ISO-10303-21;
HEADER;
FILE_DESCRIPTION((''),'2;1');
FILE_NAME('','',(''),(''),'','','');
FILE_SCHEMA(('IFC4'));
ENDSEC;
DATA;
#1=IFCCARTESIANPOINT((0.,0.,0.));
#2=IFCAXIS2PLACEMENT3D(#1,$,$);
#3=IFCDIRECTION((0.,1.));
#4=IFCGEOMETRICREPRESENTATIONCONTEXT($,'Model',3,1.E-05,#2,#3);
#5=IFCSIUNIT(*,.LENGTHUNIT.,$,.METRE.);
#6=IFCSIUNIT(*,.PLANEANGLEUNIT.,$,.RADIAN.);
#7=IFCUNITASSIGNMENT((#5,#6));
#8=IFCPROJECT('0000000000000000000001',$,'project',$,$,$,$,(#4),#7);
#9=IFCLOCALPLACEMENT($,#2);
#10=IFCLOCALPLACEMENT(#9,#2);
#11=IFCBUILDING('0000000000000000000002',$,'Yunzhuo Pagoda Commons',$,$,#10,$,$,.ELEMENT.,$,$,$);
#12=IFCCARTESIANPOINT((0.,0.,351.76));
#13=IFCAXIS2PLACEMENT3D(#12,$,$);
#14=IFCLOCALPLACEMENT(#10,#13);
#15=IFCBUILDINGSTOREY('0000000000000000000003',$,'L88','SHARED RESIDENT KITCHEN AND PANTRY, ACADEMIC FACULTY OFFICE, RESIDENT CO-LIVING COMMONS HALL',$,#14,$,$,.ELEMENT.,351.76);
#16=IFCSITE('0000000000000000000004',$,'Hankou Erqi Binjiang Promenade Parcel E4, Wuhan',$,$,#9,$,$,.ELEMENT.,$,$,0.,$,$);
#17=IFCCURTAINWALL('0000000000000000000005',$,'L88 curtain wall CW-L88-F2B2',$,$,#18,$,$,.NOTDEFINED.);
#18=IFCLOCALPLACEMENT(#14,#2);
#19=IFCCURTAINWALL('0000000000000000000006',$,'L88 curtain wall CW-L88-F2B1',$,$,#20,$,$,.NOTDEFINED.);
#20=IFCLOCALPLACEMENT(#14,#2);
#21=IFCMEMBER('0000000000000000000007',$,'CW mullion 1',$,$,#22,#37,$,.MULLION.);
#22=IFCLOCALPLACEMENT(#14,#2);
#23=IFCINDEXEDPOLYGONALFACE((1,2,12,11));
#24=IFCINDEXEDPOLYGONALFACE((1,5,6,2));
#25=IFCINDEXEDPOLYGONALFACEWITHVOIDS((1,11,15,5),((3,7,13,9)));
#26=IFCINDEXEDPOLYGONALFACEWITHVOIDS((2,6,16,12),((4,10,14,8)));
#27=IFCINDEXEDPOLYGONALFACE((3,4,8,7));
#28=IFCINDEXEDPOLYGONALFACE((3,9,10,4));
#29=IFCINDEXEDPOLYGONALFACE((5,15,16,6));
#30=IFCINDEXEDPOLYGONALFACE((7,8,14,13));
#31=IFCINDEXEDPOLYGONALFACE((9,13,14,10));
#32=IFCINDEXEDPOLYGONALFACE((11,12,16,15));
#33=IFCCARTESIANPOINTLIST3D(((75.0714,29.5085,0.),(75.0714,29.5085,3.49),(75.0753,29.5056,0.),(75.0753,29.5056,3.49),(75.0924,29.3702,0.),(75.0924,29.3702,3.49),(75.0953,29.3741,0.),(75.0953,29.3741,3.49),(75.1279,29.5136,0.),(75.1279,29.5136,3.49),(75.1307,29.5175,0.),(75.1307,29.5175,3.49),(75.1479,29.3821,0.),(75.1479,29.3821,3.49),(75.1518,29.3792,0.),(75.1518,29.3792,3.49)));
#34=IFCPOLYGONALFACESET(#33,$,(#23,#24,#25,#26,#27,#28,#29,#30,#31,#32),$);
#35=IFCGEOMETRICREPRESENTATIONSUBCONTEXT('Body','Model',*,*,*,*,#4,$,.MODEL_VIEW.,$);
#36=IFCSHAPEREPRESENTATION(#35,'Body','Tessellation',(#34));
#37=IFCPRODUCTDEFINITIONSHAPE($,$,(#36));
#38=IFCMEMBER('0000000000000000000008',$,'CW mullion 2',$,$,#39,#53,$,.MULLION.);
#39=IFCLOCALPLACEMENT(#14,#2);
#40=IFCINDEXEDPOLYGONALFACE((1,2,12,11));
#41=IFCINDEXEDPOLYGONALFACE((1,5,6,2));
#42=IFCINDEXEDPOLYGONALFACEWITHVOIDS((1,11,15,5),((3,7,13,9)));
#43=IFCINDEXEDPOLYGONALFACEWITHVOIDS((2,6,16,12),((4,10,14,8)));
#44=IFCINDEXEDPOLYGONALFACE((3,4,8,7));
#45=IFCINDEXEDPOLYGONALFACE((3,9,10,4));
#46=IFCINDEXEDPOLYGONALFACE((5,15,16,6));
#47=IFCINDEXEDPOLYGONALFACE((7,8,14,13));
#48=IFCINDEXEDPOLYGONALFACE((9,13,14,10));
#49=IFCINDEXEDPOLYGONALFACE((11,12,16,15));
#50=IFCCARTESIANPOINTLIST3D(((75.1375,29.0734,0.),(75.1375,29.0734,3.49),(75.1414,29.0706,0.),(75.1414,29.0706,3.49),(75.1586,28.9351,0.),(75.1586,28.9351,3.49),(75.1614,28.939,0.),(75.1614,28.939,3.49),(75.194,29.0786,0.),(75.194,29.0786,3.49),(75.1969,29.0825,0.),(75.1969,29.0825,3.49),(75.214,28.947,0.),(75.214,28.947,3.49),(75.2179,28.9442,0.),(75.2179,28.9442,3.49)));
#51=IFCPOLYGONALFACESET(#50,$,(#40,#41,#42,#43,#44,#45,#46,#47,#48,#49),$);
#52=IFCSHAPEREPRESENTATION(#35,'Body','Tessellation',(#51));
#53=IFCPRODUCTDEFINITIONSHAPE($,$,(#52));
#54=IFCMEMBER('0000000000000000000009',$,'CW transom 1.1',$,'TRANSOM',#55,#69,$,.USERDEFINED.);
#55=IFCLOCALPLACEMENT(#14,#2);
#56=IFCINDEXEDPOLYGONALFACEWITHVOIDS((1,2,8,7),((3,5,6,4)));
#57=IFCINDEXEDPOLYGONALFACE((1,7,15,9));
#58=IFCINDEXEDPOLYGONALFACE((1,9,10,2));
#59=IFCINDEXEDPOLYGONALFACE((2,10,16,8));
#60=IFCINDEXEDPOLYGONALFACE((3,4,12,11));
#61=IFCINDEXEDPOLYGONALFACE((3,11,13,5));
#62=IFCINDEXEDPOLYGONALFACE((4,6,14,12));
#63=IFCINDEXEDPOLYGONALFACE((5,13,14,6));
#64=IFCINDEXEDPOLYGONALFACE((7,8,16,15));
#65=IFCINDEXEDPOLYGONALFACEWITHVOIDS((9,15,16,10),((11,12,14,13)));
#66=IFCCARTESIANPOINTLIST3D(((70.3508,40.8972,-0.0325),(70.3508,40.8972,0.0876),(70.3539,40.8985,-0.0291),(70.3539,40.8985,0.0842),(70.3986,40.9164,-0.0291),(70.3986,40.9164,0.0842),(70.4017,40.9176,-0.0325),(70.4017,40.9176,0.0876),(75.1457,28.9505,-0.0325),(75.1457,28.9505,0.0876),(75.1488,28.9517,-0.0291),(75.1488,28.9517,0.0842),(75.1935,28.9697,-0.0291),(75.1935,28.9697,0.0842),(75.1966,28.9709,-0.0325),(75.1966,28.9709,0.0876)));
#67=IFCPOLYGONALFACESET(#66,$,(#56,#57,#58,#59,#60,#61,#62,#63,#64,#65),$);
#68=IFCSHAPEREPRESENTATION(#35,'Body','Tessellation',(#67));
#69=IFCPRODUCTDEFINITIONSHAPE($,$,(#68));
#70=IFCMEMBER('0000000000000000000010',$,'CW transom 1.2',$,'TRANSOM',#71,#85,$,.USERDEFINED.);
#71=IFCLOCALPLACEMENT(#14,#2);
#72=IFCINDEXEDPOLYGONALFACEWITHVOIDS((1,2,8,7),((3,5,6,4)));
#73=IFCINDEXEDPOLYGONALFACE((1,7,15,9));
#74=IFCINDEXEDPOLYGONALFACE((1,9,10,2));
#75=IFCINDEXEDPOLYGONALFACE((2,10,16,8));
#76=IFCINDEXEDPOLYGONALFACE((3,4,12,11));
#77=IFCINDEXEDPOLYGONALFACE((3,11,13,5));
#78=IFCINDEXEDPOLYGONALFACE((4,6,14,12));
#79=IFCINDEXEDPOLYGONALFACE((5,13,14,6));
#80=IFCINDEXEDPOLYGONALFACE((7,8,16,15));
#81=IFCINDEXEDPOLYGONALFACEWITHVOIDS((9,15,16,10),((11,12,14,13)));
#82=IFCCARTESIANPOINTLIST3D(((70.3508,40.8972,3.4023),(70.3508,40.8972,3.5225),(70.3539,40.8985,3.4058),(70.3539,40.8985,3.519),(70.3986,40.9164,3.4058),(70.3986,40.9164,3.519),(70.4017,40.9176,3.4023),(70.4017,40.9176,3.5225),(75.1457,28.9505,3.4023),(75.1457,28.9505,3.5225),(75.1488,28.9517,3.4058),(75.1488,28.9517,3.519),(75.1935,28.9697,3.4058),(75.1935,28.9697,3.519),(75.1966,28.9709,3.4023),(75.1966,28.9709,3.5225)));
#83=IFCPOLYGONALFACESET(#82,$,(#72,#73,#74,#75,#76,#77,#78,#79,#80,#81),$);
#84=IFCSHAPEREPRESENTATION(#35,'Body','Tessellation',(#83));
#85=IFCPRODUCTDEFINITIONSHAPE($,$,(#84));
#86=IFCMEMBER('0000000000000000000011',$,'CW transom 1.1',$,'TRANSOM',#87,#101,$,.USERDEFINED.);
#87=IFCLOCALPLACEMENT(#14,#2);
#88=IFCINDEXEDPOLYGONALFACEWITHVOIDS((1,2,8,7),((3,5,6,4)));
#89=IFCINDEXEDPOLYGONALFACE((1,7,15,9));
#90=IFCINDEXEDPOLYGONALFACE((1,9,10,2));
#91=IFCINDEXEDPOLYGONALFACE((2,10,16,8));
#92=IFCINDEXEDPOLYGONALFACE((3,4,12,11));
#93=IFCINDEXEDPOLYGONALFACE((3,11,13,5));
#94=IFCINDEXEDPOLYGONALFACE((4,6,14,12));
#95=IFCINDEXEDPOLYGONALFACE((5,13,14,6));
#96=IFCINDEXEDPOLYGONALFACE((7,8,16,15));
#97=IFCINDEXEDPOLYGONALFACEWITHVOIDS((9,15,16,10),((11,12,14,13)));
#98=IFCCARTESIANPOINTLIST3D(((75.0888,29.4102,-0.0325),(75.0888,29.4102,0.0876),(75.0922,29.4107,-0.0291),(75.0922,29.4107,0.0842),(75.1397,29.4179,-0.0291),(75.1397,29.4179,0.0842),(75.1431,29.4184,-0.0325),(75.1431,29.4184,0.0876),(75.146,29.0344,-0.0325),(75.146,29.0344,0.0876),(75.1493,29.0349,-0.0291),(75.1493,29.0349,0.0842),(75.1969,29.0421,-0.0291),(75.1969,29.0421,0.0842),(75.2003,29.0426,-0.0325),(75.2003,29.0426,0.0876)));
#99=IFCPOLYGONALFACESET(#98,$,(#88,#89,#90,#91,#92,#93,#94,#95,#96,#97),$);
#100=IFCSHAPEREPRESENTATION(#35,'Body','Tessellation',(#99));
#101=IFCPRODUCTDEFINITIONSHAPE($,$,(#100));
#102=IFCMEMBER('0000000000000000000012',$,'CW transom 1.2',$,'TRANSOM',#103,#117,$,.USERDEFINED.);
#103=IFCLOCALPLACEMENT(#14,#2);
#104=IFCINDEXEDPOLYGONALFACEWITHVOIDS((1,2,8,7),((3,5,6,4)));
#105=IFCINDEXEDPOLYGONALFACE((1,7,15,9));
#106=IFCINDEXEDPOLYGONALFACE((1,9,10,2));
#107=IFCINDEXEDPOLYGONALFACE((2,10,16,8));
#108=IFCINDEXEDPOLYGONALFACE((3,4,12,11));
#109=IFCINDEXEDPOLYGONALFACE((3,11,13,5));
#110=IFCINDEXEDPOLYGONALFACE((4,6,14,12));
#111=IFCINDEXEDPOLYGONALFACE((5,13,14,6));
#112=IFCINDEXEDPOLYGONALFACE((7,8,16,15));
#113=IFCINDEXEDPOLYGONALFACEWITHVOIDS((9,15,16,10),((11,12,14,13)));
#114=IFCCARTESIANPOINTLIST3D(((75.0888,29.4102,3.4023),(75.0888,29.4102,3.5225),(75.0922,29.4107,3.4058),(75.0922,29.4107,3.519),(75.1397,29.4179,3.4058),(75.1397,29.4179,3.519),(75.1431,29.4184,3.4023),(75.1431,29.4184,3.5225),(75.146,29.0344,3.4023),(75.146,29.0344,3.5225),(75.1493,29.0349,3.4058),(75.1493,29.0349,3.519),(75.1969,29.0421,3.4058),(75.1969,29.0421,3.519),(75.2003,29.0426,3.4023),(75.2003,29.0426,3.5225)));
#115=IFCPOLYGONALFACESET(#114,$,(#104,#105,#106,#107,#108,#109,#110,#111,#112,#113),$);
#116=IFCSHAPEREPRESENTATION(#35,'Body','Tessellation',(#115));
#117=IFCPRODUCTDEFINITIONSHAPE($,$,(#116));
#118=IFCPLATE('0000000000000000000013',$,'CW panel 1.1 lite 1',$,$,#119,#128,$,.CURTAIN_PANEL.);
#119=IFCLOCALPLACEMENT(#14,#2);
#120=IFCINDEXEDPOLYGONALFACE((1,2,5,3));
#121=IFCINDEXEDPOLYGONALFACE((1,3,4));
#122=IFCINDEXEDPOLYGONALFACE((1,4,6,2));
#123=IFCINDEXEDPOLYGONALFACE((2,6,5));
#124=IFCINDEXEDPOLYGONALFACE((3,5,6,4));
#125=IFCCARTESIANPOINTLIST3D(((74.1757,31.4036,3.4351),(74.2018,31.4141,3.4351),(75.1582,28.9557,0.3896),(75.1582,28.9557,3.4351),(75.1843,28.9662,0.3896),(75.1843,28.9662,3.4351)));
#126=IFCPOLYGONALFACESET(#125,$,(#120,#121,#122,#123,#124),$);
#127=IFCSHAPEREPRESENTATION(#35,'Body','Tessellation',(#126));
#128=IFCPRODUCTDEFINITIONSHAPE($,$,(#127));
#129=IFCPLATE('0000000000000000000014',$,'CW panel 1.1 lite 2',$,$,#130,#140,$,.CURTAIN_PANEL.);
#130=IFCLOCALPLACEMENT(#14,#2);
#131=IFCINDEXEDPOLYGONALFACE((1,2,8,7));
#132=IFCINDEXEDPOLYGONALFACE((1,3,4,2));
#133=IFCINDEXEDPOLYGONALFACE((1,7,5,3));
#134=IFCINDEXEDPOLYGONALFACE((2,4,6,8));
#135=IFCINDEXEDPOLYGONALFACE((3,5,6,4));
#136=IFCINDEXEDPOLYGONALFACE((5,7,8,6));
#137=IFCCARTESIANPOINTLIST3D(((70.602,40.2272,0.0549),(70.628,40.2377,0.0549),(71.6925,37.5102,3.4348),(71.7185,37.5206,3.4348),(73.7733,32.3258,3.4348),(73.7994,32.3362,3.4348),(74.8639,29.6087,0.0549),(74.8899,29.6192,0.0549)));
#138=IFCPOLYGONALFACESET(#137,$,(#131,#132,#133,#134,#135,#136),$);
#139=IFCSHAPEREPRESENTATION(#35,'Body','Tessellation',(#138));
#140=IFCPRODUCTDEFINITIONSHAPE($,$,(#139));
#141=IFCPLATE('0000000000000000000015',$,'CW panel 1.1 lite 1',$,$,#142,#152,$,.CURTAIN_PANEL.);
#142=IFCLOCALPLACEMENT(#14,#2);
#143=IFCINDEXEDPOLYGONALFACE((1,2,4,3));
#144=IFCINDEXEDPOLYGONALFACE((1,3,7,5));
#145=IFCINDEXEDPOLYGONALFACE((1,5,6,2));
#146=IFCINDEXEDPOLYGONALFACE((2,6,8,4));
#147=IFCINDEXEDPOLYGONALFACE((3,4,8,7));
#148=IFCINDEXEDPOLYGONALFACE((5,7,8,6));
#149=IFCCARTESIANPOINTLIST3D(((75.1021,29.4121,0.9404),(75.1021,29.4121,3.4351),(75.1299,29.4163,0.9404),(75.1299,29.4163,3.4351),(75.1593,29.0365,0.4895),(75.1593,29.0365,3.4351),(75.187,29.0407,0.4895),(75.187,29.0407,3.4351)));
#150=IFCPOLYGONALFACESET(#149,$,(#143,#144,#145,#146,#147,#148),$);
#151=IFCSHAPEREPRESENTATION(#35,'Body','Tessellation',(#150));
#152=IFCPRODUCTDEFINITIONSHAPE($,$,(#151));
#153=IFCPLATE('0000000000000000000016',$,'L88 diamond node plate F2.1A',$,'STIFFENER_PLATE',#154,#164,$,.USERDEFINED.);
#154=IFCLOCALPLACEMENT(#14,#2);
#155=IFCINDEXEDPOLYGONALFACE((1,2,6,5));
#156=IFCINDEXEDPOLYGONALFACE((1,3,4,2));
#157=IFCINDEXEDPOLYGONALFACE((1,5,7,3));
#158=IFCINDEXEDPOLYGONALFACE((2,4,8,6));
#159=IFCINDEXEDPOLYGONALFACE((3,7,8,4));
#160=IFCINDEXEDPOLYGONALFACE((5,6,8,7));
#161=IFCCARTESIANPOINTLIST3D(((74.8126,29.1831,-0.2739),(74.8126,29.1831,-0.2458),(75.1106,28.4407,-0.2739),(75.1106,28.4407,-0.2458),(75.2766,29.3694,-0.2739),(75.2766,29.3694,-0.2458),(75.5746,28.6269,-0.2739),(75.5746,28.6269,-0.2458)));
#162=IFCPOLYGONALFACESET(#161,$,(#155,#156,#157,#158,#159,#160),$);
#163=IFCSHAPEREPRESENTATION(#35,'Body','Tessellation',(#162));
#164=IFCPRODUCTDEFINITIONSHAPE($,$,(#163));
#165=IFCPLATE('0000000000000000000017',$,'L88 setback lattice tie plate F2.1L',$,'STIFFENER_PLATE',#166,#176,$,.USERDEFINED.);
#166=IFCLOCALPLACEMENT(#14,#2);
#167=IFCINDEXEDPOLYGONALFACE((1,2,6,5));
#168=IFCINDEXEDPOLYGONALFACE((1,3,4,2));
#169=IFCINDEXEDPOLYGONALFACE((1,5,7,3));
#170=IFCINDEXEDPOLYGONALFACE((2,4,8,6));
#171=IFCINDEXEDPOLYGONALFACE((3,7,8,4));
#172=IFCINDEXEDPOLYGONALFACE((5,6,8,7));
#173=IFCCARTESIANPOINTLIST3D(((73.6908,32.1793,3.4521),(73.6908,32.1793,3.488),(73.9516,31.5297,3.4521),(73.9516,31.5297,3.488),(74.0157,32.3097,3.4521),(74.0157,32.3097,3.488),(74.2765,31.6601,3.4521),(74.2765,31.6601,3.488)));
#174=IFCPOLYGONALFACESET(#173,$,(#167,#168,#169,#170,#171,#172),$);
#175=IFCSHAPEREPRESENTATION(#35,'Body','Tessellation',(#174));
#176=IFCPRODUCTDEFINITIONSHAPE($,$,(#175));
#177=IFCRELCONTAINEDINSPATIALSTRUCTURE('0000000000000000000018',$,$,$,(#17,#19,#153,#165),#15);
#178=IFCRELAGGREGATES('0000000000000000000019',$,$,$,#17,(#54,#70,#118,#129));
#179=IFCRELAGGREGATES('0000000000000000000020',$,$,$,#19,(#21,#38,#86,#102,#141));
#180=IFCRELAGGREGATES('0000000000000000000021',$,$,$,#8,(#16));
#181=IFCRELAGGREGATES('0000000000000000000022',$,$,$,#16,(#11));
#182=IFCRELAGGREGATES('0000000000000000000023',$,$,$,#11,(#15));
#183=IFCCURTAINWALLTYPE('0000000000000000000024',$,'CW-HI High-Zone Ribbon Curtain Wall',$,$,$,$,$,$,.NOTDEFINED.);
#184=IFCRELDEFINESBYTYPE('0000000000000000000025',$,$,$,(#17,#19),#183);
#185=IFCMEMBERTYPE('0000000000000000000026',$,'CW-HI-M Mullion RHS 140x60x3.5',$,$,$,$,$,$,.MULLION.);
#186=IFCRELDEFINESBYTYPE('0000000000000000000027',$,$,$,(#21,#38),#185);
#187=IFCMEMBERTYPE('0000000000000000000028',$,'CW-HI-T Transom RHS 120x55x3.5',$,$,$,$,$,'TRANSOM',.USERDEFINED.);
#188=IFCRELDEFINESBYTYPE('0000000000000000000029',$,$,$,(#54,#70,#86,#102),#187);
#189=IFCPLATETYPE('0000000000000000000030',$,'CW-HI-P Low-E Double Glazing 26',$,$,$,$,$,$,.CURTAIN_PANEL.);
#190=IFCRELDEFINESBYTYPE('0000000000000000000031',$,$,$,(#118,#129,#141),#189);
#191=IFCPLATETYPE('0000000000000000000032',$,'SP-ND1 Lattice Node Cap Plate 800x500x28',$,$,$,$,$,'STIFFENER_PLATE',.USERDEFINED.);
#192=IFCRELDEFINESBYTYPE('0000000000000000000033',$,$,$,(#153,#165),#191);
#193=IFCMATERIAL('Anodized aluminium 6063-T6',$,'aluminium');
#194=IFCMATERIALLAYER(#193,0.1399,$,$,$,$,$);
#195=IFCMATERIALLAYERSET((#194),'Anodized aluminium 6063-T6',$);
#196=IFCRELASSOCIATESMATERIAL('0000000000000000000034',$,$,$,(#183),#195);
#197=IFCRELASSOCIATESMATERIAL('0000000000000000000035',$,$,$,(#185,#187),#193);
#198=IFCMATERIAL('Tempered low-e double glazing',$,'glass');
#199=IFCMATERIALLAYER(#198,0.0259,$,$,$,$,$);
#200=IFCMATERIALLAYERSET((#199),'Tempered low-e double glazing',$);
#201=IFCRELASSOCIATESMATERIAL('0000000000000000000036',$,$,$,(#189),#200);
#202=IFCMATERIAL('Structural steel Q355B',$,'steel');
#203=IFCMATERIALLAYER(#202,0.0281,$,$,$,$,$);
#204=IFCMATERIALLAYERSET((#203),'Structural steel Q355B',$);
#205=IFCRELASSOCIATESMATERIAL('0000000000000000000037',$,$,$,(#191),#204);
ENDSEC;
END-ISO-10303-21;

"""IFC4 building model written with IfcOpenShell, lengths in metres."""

from ifc_helpers import new_model, si_unit, direction, frame, origin, origin_2d, place, context, subcontext, project, spatial, polyline, rectangle, hollow_rectangle, outline, extrude, source, transform, mapped, material, layer, layer_set, material_profile, profile_set, type_object, element, aggregate, save


model = new_model("IFC4")

# Units and contexts
model_context = context("Model", 3, precision=1e-05, world=origin(), true_north=direction((0.0, 1.0)))
body_context = subcontext(model_context, "Body", "Model", "MODEL_VIEW")
ifc_project = project(units=[si_unit("LENGTHUNIT", "METRE"), si_unit("PLANEANGLEUNIT", "RADIAN")], contexts=[model_context])

# Site, building, storey
site_placement = place(None, origin())
site = spatial("IfcSite", under=ifc_project, at=site_placement, Name="Hankou Erqi Binjiang Promenade Parcel E4, Wuhan", CompositionType="ELEMENT", RefElevation=0.0)
building_placement = place(site_placement, origin())
building = spatial("IfcBuilding", under=site, at=building_placement, Name="Yunzhuo Pagoda Commons", CompositionType="ELEMENT")
storey_placement = place(building_placement, frame((0.0, 0.0, 351.76)))
storey = spatial("IfcBuildingStorey", under=building, at=storey_placement, Name="L88", Description="SHARED RESIDENT KITCHEN AND PANTRY, ACADEMIC FACULTY OFFICE, RESIDENT CO-LIVING COMMONS HALL", CompositionType="ELEMENT", Elevation=351.76)

# Shared definitions
ifc_material_1 = material(Name="Structural steel Q355B", Category="steel")

# Curtain wall
ifc_material_2 = material(Name="Anodized aluminium 6063-T6", Category="aluminium")
ifc_layer_1 = layer(ifc_material_2, 0.1399)
ifc_layer_set_1 = layer_set([ifc_layer_1], Name="Anodized aluminium 6063-T6")
curtain_wall_type = type_object("IfcCurtainWallType", Name="CW-HI High-Zone Ribbon Curtain Wall", PredefinedType="NOTDEFINED", material=ifc_layer_set_1)
ifc_material_profile_1 = material_profile(ifc_material_2, hollow_rectangle(XDim=0.0601, YDim=0.1399, WallThickness=0.0034, at=origin_2d()), Name="Anodized aluminium 6063-T6")
ifc_profile_set_1 = profile_set([ifc_material_profile_1], Name="Anodized aluminium 6063-T6")
member_type_1 = type_object("IfcMemberType", Name="CW-HI-M Mullion RHS 140x60x3.5", PredefinedType="MULLION", material=ifc_profile_set_1)
shared_shape_1 = source(origin(), body_context, "Body", "SweptSolid", [
    extrude(hollow_rectangle(XDim=0.0601, YDim=0.1399, WallThickness=0.0034, at=origin_2d()), origin(), (0.0, 0.0, 1.0), 3.49),
])
curtain_wall_1_placement = place(storey_placement, origin())
curtain_wall_1 = element("IfcCurtainWall", 1, at=curtain_wall_1_placement, inside=storey, type_object=curtain_wall_type, Name="L88 curtain wall CW-L88-F2B2", PredefinedType="NOTDEFINED")

# Curtain wall, members
curtain_wall_2_placement = place(storey_placement, origin())
curtain_wall_2 = element("IfcCurtainWall", 2, at=curtain_wall_2_placement, inside=storey, type_object=curtain_wall_type, Name="L88 curtain wall CW-L88-F2B1", PredefinedType="NOTDEFINED")
member_1_placement = place(storey_placement, frame((75.1116, 29.4438, 0.0), z_axis=(0.0, 0.0, 1.0), x_axis=(0.988629, 0.150374, 0.0)))
member_1 = element("IfcMember", 3, at=member_1_placement, type_object=member_type_1, Name="CW mullion 1", PredefinedType="MULLION", context=body_context, shape_type="MappedRepresentation", body=[
    mapped(shared_shape_1, transform((0.0, 0.0, 0.0), scale=1.0)),
])
member_2_placement = place(storey_placement, frame((75.1777, 29.0088, 0.0), z_axis=(0.0, 0.0, 1.0), x_axis=(0.988629, 0.150374, 0.0)))
member_2 = element("IfcMember", 4, at=member_2_placement, type_object=member_type_1, Name="CW mullion 2", PredefinedType="MULLION", context=body_context, shape_type="MappedRepresentation", body=[
    mapped(shared_shape_1, transform((0.0, 0.0, 0.0), scale=1.0)),
])

# Members
ifc_material_profile_2 = material_profile(ifc_material_2, hollow_rectangle(XDim=0.0549, YDim=0.1201, WallThickness=0.0034, at=origin_2d()), Name="Anodized aluminium 6063-T6")
ifc_profile_set_2 = profile_set([ifc_material_profile_2], Name="Anodized aluminium 6063-T6")
member_type_2 = type_object("IfcMemberType", Name="CW-HI-T Transom RHS 120x55x3.5", ElementType="TRANSOM", PredefinedType="USERDEFINED", material=ifc_profile_set_2)
shared_shape_2 = source(origin(), body_context, "Body", "SweptSolid", [
    extrude(hollow_rectangle(XDim=0.0549, YDim=0.1201, WallThickness=0.0034, at=origin_2d()), origin(), (0.0, 0.0, 1.0), 12.873),
])
member_3_placement = place(storey_placement, frame((75.1711, 28.9607, 0.0276), z_axis=(-0.372476, 0.928042, 0.0), x_axis=(-0.928042, -0.372476, 0.0)))
member_3 = element("IfcMember", 5, at=member_3_placement, type_object=member_type_2, Name="CW transom 1.1", ObjectType="TRANSOM", PredefinedType="USERDEFINED", context=body_context, shape_type="MappedRepresentation", body=[
    mapped(shared_shape_2, transform((0.0, 0.0, 0.0), scale=1.0)),
])
member_4_placement = place(storey_placement, frame((75.1711, 28.9607, 3.4624), z_axis=(-0.372476, 0.928042, 0.0), x_axis=(-0.928042, -0.372476, 0.0)))
member_4 = element("IfcMember", 6, at=member_4_placement, type_object=member_type_2, Name="CW transom 1.2", ObjectType="TRANSOM", PredefinedType="USERDEFINED", context=body_context, shape_type="MappedRepresentation", body=[
    mapped(shared_shape_2, transform((0.0, 0.0, 0.0), scale=1.0)),
])
shared_shape_3 = source(origin(), body_context, "Body", "SweptSolid", [
    extrude(hollow_rectangle(XDim=0.0549, YDim=0.1201, WallThickness=0.0034, at=origin_2d()), origin(), (0.0, 0.0, 1.0), 0.3801),
])
member_5_placement = place(storey_placement, frame((75.116, 29.4143, 0.0276), z_axis=(0.150319, -0.988638, 0.0), x_axis=(0.988638, 0.150319, 0.0)))
member_5 = element("IfcMember", 7, at=member_5_placement, type_object=member_type_2, Name="CW transom 1.1", ObjectType="TRANSOM", PredefinedType="USERDEFINED", context=body_context, shape_type="MappedRepresentation", body=[
    mapped(shared_shape_3, transform((0.0, 0.0, 0.0), scale=1.0)),
])
member_6_placement = place(storey_placement, frame((75.116, 29.4143, 3.4624), z_axis=(0.150319, -0.988638, 0.0), x_axis=(0.988638, 0.150319, 0.0)))
member_6 = element("IfcMember", 8, at=member_6_placement, type_object=member_type_2, Name="CW transom 1.2", ObjectType="TRANSOM", PredefinedType="USERDEFINED", context=body_context, shape_type="MappedRepresentation", body=[
    mapped(shared_shape_3, transform((0.0, 0.0, 0.0), scale=1.0)),
])

# Plates
ifc_material_3 = material(Name="Tempered low-e double glazing", Category="glass")
ifc_layer_2 = layer(ifc_material_3, 0.0259)
ifc_layer_set_2 = layer_set([ifc_layer_2], Name="Tempered low-e double glazing")
plate_type_1 = type_object("IfcPlateType", Name="CW-HI-P Low-E Double Glazing 26", PredefinedType="CURTAIN_PANEL", material=ifc_layer_set_2)
plate_1_placement = place(storey_placement, frame((74.667, 30.1797, 1.9124), z_axis=(0.928039, 0.372483, 0.0), x_axis=(-0.372483, 0.928039, 0.0)))
plate_1 = element("IfcPlate", 9, at=plate_1_placement, type_object=plate_type_1, Name="CW panel 1.1 lite 1", PredefinedType="CURTAIN_PANEL", context=body_context, shape_type="SweptSolid", body=[
    extrude(outline(polyline([(-1.3188, -1.5227), (1.3188, 1.5227), (-1.3188, 1.5227), (-1.3188, -1.5227)])), origin(), (0.0, 0.0, 1.0), 0.0281),
])
plate_2_placement = place(storey_placement, frame((72.7329, 34.918, 1.7449), z_axis=(0.928039, 0.372483, 0.0), x_axis=(-0.372483, 0.928039, 0.0)))
plate_2 = element("IfcPlate", 10, at=plate_2_placement, type_object=plate_type_1, Name="CW panel 1.1 lite 2", PredefinedType="CURTAIN_PANEL", context=body_context, shape_type="SweptSolid", body=[
    extrude(outline(polyline([(-5.7209, -1.6899), (5.7209, -1.6899), (2.7932, 1.6899), (-2.7932, 1.6899), (-5.7209, -1.6899)])), origin(), (0.0, 0.0, 1.0), 0.0281),
])
aggregate(curtain_wall_1, [member_3, member_4, plate_1, plate_2])
plate_3_placement = place(storey_placement, frame((75.1584, 29.2285, 1.9624), z_axis=(-0.988629, -0.150374, 0.0), x_axis=(0.150374, -0.988629, 0.0)))
plate_3 = element("IfcPlate", 11, at=plate_3_placement, type_object=plate_type_1, Name="CW panel 1.1 lite 1", PredefinedType="CURTAIN_PANEL", context=body_context, shape_type="SweptSolid", body=[
    extrude(outline(polyline([(-0.1899, -1.022), (0.1899, -1.4729), (0.1899, 1.4727), (-0.1899, 1.4727), (-0.1899, -1.022)])), origin(), (0.0, 0.0, 1.0), 0.0281),
])
aggregate(curtain_wall_2, [member_1, member_2, member_5, member_6, plate_3])

# Plates
ifc_layer_3 = layer(ifc_material_1, 0.0281)
ifc_layer_set_3 = layer_set([ifc_layer_3], Name="Structural steel Q355B")
plate_type_2 = type_object("IfcPlateType", Name="SP-ND1 Lattice Node Cap Plate 800x500x28", ElementType="STIFFENER_PLATE", PredefinedType="USERDEFINED", material=ifc_layer_set_3)
shared_shape_4 = source(origin(), body_context, "Body", "SweptSolid", [
    extrude(rectangle(XDim=0.8, YDim=0.5, at=origin_2d()), origin(), (0.0, 0.0, 1.0), 0.0281),
])
plate_4_placement = place(storey_placement, frame((75.1936, 28.905, -0.2739), z_axis=(0.0, 0.0, 1.0), x_axis=(-0.372486, 0.928038, 0.0)))
element("IfcPlate", 12, at=plate_4_placement, inside=storey, type_object=plate_type_2, Name="L88 diamond node plate F2.1A", ObjectType="STIFFENER_PLATE", PredefinedType="USERDEFINED", context=body_context, shape_type="MappedRepresentation", body=[
    mapped(shared_shape_4, transform((0.0, 0.0, 0.0), scale=1.0)),
])
shared_shape_5 = source(origin(), body_context, "Body", "SweptSolid", [
    extrude(rectangle(XDim=0.7, YDim=0.3501, at=origin_2d()), origin(), (0.0, 0.0, 1.0), 0.0359),
])
plate_5_placement = place(storey_placement, frame((73.9836, 31.9197, 3.4521), z_axis=(0.0, 0.0, 1.0), x_axis=(-0.372486, 0.928038, 0.0)))
element("IfcPlate", 13, at=plate_5_placement, inside=storey, type_object=plate_type_2, Name="L88 setback lattice tie plate F2.1L", ObjectType="STIFFENER_PLATE", PredefinedType="USERDEFINED", context=body_context, shape_type="MappedRepresentation", body=[
    mapped(shared_shape_5, transform((0.0, 0.0, 0.0), scale=1.0)),
])

save(model, "model.ifc")
